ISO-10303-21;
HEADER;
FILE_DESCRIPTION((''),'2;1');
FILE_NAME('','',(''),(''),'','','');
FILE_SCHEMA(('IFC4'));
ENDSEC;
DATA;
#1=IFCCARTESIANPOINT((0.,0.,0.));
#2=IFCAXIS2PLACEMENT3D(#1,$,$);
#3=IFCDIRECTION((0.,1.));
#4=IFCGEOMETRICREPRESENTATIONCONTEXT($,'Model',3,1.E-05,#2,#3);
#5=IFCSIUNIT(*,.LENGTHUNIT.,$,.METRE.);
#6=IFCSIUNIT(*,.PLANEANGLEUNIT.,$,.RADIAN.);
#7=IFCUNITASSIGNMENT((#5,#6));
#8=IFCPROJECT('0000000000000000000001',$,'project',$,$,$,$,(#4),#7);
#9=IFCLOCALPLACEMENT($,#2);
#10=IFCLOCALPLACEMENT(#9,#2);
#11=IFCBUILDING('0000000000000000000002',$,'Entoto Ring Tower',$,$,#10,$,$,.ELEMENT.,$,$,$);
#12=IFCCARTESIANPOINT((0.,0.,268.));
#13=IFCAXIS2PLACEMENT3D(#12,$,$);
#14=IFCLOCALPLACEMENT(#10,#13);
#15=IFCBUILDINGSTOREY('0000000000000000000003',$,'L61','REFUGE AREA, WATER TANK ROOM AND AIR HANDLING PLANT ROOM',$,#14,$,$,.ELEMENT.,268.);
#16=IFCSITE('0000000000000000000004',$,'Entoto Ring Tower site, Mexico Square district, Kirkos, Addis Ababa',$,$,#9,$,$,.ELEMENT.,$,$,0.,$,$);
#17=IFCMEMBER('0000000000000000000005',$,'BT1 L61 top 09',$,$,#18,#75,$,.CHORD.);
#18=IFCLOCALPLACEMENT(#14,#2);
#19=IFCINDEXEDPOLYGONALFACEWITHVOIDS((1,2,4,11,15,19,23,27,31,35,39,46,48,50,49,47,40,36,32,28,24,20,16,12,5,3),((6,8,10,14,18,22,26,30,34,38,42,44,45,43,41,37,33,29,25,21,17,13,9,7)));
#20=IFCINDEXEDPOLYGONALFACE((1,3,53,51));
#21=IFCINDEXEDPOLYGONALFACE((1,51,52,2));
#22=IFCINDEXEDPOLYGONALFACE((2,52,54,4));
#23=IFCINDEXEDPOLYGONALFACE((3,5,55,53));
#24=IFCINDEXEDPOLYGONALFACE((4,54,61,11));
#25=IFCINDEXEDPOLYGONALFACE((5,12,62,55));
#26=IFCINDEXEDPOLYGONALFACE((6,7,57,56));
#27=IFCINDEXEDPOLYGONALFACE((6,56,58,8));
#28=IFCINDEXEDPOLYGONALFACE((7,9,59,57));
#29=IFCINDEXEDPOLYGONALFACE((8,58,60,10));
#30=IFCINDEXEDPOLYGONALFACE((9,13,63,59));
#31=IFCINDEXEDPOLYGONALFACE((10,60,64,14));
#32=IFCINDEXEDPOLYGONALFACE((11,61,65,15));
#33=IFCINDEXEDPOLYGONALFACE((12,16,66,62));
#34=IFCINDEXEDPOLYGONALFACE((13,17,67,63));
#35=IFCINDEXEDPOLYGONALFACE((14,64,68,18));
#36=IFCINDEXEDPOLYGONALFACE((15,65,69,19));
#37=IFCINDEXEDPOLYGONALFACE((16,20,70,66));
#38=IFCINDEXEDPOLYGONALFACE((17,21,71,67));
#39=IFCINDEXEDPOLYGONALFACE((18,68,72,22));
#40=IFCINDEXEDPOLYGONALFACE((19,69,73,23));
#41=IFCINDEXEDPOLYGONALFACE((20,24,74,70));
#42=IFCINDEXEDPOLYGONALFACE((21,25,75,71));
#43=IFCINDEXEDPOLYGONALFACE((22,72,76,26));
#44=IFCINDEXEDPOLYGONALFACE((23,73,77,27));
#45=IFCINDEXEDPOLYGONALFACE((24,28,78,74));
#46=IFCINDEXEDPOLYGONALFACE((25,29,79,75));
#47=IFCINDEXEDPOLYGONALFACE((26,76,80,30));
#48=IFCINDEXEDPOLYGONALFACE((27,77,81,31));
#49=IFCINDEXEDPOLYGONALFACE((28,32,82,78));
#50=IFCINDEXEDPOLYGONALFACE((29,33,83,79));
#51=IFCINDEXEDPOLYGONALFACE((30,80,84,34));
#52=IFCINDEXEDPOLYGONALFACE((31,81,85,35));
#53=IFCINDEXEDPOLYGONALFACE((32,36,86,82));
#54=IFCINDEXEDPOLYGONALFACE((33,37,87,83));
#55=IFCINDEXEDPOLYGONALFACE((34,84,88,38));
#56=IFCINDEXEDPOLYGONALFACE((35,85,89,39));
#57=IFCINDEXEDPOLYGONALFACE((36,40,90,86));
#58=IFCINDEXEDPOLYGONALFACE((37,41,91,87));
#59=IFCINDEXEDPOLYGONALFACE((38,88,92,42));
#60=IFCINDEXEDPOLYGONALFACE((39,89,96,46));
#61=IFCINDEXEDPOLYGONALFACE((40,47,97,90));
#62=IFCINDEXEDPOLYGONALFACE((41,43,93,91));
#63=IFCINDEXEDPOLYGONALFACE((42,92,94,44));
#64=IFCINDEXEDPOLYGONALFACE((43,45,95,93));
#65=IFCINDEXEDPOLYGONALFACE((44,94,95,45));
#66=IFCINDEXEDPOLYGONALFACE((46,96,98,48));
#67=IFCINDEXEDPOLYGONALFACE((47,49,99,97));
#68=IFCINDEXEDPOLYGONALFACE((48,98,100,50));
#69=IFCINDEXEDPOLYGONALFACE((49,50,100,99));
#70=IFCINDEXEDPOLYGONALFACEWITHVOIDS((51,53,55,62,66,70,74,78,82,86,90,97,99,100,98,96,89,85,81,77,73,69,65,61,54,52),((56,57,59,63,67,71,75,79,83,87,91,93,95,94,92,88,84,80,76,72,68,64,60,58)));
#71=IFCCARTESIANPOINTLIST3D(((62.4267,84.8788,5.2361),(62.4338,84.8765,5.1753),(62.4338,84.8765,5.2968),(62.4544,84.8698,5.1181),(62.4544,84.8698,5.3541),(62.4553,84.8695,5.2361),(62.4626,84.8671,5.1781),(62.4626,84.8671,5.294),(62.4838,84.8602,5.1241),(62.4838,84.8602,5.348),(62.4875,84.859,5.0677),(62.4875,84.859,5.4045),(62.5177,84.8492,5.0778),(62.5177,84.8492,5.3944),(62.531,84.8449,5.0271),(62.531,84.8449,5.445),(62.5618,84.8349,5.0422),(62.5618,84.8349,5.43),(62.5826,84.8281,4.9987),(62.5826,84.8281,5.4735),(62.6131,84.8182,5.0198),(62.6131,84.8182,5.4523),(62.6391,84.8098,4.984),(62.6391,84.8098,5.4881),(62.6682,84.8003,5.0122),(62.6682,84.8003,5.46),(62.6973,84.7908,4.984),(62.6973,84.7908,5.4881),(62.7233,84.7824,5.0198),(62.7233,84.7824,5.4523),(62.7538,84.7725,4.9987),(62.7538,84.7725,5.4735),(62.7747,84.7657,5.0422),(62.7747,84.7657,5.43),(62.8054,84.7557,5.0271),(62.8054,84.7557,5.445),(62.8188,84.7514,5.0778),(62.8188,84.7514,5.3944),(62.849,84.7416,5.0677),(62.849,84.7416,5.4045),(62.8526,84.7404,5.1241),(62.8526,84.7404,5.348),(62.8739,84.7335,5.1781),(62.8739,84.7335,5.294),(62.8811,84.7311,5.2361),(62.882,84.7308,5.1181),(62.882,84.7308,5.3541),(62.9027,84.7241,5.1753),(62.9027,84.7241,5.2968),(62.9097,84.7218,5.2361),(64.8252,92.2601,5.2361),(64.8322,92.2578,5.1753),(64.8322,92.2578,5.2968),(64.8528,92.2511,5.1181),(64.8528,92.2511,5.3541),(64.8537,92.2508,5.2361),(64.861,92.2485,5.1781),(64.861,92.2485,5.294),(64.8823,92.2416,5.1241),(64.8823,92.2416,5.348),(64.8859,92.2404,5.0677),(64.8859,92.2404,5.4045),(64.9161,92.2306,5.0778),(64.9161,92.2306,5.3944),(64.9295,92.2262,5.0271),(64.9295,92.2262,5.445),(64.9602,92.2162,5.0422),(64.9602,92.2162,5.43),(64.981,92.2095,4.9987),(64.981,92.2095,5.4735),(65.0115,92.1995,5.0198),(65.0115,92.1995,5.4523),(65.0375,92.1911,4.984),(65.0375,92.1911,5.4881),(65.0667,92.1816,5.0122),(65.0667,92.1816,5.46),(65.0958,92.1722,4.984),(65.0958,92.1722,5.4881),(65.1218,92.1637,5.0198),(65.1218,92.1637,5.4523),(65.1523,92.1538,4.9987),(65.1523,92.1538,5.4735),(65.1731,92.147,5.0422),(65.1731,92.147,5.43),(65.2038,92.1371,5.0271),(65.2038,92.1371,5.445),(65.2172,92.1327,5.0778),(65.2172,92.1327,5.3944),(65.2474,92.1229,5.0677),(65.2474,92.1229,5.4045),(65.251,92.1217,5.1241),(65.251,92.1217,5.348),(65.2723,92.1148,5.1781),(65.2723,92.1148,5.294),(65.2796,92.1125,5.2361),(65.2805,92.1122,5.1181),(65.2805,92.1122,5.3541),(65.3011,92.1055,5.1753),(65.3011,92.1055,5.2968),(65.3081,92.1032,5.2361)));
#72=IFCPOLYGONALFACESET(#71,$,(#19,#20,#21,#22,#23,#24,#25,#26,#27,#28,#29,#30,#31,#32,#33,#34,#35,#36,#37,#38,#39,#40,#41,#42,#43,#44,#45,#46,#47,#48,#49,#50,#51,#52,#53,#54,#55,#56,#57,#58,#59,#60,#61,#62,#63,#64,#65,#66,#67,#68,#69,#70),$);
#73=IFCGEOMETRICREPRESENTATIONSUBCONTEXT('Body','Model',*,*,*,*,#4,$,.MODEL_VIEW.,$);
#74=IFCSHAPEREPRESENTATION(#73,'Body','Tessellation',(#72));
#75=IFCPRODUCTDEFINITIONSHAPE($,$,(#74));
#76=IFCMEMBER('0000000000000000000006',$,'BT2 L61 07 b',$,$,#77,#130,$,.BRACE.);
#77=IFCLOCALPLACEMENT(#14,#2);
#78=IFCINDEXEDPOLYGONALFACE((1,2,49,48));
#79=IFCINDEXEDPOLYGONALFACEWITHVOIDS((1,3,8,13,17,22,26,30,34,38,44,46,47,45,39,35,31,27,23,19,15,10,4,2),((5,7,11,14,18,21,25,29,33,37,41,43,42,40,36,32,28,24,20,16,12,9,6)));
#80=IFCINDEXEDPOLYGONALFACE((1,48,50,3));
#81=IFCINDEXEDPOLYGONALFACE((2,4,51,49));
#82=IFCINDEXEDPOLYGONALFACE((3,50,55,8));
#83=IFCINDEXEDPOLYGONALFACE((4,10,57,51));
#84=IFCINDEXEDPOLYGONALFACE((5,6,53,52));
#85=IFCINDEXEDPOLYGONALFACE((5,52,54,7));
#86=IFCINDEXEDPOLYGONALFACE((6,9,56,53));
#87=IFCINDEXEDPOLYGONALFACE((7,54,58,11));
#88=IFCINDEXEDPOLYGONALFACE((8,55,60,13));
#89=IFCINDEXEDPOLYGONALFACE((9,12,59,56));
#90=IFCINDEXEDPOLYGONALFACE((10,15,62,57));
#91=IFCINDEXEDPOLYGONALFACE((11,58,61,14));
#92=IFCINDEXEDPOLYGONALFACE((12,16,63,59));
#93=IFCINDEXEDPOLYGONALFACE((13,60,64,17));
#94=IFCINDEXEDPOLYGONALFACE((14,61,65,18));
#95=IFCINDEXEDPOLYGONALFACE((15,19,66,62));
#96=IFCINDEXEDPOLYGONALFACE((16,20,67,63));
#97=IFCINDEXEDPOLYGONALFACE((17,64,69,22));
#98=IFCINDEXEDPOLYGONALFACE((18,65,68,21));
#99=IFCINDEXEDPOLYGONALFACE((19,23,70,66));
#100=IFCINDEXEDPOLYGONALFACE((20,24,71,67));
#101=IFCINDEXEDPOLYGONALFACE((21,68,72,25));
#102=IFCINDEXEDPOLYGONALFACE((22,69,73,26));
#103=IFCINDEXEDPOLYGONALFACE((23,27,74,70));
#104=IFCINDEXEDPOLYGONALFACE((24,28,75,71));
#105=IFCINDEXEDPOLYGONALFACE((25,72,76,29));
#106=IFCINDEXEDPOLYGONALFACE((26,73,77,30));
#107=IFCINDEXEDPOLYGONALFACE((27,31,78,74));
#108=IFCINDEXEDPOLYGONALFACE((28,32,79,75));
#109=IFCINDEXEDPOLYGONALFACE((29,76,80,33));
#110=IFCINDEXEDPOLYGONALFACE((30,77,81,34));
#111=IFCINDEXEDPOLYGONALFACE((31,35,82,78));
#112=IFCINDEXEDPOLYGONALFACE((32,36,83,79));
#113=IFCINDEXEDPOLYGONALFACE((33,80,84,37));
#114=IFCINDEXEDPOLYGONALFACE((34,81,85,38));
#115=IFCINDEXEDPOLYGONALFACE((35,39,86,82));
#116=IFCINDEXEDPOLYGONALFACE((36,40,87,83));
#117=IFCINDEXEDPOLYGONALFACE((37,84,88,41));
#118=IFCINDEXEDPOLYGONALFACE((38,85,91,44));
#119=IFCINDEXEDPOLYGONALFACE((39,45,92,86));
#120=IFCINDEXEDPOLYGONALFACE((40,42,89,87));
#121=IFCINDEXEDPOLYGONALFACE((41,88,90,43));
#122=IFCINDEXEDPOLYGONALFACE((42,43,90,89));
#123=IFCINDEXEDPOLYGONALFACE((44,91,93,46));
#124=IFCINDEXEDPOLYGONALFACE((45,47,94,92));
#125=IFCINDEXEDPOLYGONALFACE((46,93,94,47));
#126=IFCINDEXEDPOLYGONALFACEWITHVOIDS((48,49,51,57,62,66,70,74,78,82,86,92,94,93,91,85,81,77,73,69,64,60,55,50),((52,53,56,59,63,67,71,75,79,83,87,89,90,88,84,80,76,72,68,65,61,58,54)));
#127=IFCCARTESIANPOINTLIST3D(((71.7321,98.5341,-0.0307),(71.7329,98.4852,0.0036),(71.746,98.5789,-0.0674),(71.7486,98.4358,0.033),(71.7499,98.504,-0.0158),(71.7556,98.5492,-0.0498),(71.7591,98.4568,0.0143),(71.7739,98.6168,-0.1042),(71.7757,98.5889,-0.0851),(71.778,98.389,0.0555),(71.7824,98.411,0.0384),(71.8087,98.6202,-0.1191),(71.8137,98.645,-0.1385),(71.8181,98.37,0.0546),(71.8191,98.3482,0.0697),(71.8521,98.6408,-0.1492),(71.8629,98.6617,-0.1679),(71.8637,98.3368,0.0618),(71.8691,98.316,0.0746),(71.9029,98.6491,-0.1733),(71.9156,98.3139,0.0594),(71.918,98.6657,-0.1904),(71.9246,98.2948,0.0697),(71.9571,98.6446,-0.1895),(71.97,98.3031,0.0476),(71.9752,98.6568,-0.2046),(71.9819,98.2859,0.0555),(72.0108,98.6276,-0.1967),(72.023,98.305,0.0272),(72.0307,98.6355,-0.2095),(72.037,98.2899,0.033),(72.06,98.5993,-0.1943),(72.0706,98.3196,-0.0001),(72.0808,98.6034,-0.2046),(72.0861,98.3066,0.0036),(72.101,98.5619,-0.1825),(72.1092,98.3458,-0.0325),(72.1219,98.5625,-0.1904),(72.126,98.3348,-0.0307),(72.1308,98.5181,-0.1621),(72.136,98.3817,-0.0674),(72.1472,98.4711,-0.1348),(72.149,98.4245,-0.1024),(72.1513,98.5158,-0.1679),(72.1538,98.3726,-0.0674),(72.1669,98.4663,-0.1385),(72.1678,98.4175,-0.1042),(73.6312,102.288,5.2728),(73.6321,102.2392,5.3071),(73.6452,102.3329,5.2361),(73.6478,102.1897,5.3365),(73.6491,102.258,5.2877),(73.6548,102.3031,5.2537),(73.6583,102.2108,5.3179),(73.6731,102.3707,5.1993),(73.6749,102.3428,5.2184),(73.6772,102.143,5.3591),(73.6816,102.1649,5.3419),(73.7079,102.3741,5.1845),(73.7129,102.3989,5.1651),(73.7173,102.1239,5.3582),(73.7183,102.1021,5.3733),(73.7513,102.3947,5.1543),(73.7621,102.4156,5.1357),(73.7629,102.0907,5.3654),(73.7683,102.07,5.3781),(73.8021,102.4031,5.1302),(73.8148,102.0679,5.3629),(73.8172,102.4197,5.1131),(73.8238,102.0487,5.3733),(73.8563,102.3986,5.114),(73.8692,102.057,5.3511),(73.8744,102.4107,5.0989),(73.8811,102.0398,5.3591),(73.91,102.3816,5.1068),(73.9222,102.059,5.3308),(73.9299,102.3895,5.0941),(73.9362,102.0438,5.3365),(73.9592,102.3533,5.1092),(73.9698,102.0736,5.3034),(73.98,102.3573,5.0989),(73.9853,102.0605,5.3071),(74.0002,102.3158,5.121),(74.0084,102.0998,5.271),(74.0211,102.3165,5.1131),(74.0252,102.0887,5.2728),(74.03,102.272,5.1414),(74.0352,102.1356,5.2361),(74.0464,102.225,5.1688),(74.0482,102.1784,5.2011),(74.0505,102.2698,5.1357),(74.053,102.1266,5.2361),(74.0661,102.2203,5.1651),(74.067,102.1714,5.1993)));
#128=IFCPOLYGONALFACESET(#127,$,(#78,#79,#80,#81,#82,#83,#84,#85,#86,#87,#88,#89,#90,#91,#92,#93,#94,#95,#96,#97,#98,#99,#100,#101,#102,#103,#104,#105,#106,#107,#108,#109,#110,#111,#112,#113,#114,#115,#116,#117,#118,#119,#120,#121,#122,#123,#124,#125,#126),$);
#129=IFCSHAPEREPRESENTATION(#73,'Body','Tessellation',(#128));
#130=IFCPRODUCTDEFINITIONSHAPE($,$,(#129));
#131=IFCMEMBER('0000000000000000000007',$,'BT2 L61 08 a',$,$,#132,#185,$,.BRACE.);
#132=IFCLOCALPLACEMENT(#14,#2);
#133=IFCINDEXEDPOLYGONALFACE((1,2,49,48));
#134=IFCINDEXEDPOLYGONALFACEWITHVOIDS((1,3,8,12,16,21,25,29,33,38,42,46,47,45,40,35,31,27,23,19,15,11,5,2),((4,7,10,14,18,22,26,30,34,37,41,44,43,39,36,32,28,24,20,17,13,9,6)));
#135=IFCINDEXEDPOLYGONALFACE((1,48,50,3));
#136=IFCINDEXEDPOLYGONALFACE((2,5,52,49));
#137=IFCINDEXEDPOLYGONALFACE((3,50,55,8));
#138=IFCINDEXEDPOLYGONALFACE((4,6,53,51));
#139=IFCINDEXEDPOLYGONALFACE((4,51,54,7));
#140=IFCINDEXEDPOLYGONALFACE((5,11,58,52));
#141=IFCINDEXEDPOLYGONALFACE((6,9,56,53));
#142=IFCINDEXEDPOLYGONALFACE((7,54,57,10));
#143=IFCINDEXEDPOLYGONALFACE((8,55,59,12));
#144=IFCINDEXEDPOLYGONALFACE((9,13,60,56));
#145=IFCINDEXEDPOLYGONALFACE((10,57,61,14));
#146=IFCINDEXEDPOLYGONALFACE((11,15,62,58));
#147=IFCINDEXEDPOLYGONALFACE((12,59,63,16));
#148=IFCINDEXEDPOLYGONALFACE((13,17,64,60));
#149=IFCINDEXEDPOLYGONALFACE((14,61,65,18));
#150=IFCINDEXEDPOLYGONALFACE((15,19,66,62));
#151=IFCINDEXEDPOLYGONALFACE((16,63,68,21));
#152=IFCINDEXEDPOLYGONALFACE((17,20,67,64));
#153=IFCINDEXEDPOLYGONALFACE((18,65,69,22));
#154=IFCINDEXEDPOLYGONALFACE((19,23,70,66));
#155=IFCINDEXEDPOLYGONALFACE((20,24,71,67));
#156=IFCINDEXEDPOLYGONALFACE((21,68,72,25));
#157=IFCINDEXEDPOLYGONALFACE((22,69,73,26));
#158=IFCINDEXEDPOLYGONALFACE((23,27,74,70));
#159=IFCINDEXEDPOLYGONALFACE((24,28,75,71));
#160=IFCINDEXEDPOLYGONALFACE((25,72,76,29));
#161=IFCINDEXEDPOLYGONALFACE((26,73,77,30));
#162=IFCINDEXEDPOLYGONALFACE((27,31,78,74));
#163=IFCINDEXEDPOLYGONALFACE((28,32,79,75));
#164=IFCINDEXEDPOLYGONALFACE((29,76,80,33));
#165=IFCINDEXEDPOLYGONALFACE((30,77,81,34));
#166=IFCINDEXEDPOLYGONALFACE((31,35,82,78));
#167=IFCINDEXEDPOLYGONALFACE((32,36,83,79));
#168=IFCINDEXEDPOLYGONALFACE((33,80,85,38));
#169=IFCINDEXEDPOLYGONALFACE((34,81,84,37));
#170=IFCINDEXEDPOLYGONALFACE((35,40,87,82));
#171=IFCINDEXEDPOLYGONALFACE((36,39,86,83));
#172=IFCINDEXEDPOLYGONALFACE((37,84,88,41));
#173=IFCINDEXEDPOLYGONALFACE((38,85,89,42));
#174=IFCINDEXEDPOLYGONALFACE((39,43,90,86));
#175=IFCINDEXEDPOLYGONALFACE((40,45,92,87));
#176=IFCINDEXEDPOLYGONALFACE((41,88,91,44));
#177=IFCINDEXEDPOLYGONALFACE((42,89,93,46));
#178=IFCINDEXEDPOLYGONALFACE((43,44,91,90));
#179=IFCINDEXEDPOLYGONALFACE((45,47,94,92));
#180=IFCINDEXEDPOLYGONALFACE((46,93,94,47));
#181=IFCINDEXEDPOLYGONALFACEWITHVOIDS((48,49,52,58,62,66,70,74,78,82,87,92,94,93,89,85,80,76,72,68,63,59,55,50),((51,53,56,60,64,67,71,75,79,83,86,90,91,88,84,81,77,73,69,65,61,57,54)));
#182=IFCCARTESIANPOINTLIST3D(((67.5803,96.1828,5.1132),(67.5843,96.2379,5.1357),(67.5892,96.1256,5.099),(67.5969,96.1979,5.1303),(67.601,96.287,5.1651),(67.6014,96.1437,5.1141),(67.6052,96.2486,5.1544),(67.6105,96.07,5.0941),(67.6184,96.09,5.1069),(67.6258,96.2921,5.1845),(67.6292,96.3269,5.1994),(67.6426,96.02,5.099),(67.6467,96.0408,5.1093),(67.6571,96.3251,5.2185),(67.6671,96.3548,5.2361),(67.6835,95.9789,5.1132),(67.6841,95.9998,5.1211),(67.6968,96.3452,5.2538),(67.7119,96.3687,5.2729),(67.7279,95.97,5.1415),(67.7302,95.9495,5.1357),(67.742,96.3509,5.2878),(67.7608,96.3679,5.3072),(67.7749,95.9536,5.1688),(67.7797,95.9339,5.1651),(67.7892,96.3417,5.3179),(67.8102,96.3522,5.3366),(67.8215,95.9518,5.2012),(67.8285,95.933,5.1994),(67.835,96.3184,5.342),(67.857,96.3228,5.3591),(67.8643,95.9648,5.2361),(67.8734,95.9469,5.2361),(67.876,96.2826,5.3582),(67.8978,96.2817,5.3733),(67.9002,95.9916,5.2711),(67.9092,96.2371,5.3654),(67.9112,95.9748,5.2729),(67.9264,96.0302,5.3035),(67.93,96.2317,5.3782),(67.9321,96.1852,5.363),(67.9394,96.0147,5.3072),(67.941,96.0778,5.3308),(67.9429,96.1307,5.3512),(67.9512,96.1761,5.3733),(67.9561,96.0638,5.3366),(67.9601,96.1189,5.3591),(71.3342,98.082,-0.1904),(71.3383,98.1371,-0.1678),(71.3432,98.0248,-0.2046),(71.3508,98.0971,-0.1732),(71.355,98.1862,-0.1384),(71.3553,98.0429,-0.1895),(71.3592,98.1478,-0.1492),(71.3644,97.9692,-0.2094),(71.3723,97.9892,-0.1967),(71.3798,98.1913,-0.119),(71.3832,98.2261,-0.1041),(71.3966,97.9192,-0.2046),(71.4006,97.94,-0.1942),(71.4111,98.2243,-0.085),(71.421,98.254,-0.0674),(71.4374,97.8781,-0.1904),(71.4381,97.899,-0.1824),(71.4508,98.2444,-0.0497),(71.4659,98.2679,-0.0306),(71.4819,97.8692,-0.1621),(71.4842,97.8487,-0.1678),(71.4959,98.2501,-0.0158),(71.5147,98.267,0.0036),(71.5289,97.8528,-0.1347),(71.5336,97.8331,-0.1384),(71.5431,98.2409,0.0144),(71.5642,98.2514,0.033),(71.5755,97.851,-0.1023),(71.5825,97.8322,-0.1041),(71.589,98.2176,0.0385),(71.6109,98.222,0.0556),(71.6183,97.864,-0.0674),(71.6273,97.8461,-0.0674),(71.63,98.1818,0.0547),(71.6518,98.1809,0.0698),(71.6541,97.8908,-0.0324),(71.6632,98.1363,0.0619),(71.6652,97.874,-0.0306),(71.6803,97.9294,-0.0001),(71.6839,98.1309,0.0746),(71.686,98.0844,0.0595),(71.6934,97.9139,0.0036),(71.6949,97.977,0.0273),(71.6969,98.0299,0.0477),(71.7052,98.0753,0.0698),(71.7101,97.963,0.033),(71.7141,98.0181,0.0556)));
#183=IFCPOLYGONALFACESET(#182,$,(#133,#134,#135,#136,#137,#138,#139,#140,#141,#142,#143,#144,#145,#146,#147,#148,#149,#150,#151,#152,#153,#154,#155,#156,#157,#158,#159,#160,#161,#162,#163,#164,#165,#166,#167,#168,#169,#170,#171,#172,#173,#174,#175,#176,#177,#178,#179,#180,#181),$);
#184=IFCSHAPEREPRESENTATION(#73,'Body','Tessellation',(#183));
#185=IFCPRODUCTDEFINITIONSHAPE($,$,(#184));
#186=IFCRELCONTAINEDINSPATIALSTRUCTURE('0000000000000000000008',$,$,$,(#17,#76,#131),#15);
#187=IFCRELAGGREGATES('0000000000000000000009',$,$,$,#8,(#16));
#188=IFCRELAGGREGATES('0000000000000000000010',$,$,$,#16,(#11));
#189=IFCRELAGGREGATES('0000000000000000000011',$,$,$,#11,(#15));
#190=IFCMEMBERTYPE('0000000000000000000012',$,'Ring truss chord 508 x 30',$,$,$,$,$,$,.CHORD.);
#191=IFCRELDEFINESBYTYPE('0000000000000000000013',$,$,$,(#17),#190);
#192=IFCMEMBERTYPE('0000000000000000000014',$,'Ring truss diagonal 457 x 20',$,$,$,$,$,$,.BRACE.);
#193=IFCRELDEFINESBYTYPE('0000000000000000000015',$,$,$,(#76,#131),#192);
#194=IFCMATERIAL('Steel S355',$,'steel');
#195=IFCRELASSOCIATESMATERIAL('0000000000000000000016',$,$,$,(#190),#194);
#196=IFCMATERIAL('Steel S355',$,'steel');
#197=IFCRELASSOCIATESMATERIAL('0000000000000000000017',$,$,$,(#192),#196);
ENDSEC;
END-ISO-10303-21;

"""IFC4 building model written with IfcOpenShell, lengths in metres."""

from ifc_helpers import new_model, si_unit, direction, frame, origin, origin_2d, place, context, subcontext, project, spatial, circle, hollow_circle, extrude, material, material_profile, profile_set, type_object, element, save


model = new_model("IFC4")

# Units and contexts
model_context = context("Model", 3, precision=1e-05, world=origin(), true_north=direction((0.0, 1.0)))
body_context = subcontext(model_context, "Body", "Model", "MODEL_VIEW")
ifc_project = project(units=[si_unit("LENGTHUNIT", "METRE"), si_unit("PLANEANGLEUNIT", "RADIAN")], contexts=[model_context])

# Site, building, storey
site_placement = place(None, origin())
site = spatial("IfcSite", under=ifc_project, at=site_placement, Name="Entoto Ring Tower site, Mexico Square district, Kirkos, Addis Ababa", CompositionType="ELEMENT", RefElevation=0.0)
building_placement = place(site_placement, origin())
building = spatial("IfcBuilding", under=site, at=building_placement, Name="Entoto Ring Tower", CompositionType="ELEMENT")
storey_placement = place(building_placement, frame((0.0, 0.0, 268.0)))
storey = spatial("IfcBuildingStorey", under=building, at=storey_placement, Name="L61", Description="REFUGE AREA, WATER TANK ROOM AND AIR HANDLING PLANT ROOM", CompositionType="ELEMENT", Elevation=268.0)

# Members
ifc_material_1 = material(Name="Steel S355", Category="steel")
ifc_material_profile_1 = material_profile(ifc_material_1, hollow_circle(Radius=0.2539, WallThickness=0.03, at=origin_2d()), Name="CHS 508 x 30")
ifc_material_2 = material(Name="Concrete C60/75", Category="concrete")
ifc_material_profile_2 = material_profile(ifc_material_2, circle(Radius=0.2241, at=origin_2d()), Name="Concrete C60/75 infill")
ifc_profile_set_1 = profile_set([ifc_material_profile_1, ifc_material_profile_2], Name="Steel S355")
member_type_1 = type_object("IfcMemberType", Name="Ring truss chord 508 x 30", PredefinedType="CHORD", material=ifc_profile_set_1)
member_1_placement = place(storey_placement, frame((65.0667, 92.1816, 5.2361), z_axis=(-0.309028, -0.951053, 0.0), x_axis=(0.951053, -0.309028, 0.0)))
element("IfcMember", 1, at=member_1_placement, inside=storey, type_object=member_type_1, Name="BT1 L61 top 09", PredefinedType="CHORD", context=body_context, shape_type="SweptSolid", body=[
    extrude(hollow_circle(Radius=0.2539, WallThickness=0.03, at=origin_2d()), origin(), (0.0, 0.0, 1.0), 7.7612),
])
ifc_material_3 = material(Name="Steel S355", Category="steel")
ifc_material_profile_3 = material_profile(ifc_material_3, hollow_circle(Radius=0.2285, WallThickness=0.02, at=origin_2d()), Name="CHS 457 x 20")
ifc_material_4 = material(Name="Concrete C60/75", Category="concrete")
ifc_material_profile_4 = material_profile(ifc_material_4, circle(Radius=0.2085, at=origin_2d()), Name="Concrete C60/75 infill")
ifc_profile_set_2 = profile_set([ifc_material_profile_3, ifc_material_profile_4], Name="Steel S355")
member_type_2 = type_object("IfcMemberType", Name="Ring truss diagonal 457 x 20", PredefinedType="BRACE", material=ifc_profile_set_2)
for number, where, z_axis, x_axis, name in (
    (2, (73.8491, 102.2297, 5.2361), (-0.28055, -0.554537, -0.783442), (0.892305, -0.451433, 0.0), "BT2 L61 07 b"),
    (3, (71.5242, 98.05, -0.0674), (-0.554537, -0.28055, 0.783442), (0.451433, -0.892305, 0.0), "BT2 L61 08 a"),
):
    element("IfcMember", number, at=place(storey_placement, frame(where, z_axis=z_axis, x_axis=x_axis)), inside=storey, type_object=member_type_2, Name=name, PredefinedType="BRACE", context=body_context, shape_type="SweptSolid", body=[
        extrude(hollow_circle(Radius=0.2285, WallThickness=0.02, at=origin_2d()), origin(), (0.0, 0.0, 1.0), 6.7695),
    ])

save(model, "model.ifc")
